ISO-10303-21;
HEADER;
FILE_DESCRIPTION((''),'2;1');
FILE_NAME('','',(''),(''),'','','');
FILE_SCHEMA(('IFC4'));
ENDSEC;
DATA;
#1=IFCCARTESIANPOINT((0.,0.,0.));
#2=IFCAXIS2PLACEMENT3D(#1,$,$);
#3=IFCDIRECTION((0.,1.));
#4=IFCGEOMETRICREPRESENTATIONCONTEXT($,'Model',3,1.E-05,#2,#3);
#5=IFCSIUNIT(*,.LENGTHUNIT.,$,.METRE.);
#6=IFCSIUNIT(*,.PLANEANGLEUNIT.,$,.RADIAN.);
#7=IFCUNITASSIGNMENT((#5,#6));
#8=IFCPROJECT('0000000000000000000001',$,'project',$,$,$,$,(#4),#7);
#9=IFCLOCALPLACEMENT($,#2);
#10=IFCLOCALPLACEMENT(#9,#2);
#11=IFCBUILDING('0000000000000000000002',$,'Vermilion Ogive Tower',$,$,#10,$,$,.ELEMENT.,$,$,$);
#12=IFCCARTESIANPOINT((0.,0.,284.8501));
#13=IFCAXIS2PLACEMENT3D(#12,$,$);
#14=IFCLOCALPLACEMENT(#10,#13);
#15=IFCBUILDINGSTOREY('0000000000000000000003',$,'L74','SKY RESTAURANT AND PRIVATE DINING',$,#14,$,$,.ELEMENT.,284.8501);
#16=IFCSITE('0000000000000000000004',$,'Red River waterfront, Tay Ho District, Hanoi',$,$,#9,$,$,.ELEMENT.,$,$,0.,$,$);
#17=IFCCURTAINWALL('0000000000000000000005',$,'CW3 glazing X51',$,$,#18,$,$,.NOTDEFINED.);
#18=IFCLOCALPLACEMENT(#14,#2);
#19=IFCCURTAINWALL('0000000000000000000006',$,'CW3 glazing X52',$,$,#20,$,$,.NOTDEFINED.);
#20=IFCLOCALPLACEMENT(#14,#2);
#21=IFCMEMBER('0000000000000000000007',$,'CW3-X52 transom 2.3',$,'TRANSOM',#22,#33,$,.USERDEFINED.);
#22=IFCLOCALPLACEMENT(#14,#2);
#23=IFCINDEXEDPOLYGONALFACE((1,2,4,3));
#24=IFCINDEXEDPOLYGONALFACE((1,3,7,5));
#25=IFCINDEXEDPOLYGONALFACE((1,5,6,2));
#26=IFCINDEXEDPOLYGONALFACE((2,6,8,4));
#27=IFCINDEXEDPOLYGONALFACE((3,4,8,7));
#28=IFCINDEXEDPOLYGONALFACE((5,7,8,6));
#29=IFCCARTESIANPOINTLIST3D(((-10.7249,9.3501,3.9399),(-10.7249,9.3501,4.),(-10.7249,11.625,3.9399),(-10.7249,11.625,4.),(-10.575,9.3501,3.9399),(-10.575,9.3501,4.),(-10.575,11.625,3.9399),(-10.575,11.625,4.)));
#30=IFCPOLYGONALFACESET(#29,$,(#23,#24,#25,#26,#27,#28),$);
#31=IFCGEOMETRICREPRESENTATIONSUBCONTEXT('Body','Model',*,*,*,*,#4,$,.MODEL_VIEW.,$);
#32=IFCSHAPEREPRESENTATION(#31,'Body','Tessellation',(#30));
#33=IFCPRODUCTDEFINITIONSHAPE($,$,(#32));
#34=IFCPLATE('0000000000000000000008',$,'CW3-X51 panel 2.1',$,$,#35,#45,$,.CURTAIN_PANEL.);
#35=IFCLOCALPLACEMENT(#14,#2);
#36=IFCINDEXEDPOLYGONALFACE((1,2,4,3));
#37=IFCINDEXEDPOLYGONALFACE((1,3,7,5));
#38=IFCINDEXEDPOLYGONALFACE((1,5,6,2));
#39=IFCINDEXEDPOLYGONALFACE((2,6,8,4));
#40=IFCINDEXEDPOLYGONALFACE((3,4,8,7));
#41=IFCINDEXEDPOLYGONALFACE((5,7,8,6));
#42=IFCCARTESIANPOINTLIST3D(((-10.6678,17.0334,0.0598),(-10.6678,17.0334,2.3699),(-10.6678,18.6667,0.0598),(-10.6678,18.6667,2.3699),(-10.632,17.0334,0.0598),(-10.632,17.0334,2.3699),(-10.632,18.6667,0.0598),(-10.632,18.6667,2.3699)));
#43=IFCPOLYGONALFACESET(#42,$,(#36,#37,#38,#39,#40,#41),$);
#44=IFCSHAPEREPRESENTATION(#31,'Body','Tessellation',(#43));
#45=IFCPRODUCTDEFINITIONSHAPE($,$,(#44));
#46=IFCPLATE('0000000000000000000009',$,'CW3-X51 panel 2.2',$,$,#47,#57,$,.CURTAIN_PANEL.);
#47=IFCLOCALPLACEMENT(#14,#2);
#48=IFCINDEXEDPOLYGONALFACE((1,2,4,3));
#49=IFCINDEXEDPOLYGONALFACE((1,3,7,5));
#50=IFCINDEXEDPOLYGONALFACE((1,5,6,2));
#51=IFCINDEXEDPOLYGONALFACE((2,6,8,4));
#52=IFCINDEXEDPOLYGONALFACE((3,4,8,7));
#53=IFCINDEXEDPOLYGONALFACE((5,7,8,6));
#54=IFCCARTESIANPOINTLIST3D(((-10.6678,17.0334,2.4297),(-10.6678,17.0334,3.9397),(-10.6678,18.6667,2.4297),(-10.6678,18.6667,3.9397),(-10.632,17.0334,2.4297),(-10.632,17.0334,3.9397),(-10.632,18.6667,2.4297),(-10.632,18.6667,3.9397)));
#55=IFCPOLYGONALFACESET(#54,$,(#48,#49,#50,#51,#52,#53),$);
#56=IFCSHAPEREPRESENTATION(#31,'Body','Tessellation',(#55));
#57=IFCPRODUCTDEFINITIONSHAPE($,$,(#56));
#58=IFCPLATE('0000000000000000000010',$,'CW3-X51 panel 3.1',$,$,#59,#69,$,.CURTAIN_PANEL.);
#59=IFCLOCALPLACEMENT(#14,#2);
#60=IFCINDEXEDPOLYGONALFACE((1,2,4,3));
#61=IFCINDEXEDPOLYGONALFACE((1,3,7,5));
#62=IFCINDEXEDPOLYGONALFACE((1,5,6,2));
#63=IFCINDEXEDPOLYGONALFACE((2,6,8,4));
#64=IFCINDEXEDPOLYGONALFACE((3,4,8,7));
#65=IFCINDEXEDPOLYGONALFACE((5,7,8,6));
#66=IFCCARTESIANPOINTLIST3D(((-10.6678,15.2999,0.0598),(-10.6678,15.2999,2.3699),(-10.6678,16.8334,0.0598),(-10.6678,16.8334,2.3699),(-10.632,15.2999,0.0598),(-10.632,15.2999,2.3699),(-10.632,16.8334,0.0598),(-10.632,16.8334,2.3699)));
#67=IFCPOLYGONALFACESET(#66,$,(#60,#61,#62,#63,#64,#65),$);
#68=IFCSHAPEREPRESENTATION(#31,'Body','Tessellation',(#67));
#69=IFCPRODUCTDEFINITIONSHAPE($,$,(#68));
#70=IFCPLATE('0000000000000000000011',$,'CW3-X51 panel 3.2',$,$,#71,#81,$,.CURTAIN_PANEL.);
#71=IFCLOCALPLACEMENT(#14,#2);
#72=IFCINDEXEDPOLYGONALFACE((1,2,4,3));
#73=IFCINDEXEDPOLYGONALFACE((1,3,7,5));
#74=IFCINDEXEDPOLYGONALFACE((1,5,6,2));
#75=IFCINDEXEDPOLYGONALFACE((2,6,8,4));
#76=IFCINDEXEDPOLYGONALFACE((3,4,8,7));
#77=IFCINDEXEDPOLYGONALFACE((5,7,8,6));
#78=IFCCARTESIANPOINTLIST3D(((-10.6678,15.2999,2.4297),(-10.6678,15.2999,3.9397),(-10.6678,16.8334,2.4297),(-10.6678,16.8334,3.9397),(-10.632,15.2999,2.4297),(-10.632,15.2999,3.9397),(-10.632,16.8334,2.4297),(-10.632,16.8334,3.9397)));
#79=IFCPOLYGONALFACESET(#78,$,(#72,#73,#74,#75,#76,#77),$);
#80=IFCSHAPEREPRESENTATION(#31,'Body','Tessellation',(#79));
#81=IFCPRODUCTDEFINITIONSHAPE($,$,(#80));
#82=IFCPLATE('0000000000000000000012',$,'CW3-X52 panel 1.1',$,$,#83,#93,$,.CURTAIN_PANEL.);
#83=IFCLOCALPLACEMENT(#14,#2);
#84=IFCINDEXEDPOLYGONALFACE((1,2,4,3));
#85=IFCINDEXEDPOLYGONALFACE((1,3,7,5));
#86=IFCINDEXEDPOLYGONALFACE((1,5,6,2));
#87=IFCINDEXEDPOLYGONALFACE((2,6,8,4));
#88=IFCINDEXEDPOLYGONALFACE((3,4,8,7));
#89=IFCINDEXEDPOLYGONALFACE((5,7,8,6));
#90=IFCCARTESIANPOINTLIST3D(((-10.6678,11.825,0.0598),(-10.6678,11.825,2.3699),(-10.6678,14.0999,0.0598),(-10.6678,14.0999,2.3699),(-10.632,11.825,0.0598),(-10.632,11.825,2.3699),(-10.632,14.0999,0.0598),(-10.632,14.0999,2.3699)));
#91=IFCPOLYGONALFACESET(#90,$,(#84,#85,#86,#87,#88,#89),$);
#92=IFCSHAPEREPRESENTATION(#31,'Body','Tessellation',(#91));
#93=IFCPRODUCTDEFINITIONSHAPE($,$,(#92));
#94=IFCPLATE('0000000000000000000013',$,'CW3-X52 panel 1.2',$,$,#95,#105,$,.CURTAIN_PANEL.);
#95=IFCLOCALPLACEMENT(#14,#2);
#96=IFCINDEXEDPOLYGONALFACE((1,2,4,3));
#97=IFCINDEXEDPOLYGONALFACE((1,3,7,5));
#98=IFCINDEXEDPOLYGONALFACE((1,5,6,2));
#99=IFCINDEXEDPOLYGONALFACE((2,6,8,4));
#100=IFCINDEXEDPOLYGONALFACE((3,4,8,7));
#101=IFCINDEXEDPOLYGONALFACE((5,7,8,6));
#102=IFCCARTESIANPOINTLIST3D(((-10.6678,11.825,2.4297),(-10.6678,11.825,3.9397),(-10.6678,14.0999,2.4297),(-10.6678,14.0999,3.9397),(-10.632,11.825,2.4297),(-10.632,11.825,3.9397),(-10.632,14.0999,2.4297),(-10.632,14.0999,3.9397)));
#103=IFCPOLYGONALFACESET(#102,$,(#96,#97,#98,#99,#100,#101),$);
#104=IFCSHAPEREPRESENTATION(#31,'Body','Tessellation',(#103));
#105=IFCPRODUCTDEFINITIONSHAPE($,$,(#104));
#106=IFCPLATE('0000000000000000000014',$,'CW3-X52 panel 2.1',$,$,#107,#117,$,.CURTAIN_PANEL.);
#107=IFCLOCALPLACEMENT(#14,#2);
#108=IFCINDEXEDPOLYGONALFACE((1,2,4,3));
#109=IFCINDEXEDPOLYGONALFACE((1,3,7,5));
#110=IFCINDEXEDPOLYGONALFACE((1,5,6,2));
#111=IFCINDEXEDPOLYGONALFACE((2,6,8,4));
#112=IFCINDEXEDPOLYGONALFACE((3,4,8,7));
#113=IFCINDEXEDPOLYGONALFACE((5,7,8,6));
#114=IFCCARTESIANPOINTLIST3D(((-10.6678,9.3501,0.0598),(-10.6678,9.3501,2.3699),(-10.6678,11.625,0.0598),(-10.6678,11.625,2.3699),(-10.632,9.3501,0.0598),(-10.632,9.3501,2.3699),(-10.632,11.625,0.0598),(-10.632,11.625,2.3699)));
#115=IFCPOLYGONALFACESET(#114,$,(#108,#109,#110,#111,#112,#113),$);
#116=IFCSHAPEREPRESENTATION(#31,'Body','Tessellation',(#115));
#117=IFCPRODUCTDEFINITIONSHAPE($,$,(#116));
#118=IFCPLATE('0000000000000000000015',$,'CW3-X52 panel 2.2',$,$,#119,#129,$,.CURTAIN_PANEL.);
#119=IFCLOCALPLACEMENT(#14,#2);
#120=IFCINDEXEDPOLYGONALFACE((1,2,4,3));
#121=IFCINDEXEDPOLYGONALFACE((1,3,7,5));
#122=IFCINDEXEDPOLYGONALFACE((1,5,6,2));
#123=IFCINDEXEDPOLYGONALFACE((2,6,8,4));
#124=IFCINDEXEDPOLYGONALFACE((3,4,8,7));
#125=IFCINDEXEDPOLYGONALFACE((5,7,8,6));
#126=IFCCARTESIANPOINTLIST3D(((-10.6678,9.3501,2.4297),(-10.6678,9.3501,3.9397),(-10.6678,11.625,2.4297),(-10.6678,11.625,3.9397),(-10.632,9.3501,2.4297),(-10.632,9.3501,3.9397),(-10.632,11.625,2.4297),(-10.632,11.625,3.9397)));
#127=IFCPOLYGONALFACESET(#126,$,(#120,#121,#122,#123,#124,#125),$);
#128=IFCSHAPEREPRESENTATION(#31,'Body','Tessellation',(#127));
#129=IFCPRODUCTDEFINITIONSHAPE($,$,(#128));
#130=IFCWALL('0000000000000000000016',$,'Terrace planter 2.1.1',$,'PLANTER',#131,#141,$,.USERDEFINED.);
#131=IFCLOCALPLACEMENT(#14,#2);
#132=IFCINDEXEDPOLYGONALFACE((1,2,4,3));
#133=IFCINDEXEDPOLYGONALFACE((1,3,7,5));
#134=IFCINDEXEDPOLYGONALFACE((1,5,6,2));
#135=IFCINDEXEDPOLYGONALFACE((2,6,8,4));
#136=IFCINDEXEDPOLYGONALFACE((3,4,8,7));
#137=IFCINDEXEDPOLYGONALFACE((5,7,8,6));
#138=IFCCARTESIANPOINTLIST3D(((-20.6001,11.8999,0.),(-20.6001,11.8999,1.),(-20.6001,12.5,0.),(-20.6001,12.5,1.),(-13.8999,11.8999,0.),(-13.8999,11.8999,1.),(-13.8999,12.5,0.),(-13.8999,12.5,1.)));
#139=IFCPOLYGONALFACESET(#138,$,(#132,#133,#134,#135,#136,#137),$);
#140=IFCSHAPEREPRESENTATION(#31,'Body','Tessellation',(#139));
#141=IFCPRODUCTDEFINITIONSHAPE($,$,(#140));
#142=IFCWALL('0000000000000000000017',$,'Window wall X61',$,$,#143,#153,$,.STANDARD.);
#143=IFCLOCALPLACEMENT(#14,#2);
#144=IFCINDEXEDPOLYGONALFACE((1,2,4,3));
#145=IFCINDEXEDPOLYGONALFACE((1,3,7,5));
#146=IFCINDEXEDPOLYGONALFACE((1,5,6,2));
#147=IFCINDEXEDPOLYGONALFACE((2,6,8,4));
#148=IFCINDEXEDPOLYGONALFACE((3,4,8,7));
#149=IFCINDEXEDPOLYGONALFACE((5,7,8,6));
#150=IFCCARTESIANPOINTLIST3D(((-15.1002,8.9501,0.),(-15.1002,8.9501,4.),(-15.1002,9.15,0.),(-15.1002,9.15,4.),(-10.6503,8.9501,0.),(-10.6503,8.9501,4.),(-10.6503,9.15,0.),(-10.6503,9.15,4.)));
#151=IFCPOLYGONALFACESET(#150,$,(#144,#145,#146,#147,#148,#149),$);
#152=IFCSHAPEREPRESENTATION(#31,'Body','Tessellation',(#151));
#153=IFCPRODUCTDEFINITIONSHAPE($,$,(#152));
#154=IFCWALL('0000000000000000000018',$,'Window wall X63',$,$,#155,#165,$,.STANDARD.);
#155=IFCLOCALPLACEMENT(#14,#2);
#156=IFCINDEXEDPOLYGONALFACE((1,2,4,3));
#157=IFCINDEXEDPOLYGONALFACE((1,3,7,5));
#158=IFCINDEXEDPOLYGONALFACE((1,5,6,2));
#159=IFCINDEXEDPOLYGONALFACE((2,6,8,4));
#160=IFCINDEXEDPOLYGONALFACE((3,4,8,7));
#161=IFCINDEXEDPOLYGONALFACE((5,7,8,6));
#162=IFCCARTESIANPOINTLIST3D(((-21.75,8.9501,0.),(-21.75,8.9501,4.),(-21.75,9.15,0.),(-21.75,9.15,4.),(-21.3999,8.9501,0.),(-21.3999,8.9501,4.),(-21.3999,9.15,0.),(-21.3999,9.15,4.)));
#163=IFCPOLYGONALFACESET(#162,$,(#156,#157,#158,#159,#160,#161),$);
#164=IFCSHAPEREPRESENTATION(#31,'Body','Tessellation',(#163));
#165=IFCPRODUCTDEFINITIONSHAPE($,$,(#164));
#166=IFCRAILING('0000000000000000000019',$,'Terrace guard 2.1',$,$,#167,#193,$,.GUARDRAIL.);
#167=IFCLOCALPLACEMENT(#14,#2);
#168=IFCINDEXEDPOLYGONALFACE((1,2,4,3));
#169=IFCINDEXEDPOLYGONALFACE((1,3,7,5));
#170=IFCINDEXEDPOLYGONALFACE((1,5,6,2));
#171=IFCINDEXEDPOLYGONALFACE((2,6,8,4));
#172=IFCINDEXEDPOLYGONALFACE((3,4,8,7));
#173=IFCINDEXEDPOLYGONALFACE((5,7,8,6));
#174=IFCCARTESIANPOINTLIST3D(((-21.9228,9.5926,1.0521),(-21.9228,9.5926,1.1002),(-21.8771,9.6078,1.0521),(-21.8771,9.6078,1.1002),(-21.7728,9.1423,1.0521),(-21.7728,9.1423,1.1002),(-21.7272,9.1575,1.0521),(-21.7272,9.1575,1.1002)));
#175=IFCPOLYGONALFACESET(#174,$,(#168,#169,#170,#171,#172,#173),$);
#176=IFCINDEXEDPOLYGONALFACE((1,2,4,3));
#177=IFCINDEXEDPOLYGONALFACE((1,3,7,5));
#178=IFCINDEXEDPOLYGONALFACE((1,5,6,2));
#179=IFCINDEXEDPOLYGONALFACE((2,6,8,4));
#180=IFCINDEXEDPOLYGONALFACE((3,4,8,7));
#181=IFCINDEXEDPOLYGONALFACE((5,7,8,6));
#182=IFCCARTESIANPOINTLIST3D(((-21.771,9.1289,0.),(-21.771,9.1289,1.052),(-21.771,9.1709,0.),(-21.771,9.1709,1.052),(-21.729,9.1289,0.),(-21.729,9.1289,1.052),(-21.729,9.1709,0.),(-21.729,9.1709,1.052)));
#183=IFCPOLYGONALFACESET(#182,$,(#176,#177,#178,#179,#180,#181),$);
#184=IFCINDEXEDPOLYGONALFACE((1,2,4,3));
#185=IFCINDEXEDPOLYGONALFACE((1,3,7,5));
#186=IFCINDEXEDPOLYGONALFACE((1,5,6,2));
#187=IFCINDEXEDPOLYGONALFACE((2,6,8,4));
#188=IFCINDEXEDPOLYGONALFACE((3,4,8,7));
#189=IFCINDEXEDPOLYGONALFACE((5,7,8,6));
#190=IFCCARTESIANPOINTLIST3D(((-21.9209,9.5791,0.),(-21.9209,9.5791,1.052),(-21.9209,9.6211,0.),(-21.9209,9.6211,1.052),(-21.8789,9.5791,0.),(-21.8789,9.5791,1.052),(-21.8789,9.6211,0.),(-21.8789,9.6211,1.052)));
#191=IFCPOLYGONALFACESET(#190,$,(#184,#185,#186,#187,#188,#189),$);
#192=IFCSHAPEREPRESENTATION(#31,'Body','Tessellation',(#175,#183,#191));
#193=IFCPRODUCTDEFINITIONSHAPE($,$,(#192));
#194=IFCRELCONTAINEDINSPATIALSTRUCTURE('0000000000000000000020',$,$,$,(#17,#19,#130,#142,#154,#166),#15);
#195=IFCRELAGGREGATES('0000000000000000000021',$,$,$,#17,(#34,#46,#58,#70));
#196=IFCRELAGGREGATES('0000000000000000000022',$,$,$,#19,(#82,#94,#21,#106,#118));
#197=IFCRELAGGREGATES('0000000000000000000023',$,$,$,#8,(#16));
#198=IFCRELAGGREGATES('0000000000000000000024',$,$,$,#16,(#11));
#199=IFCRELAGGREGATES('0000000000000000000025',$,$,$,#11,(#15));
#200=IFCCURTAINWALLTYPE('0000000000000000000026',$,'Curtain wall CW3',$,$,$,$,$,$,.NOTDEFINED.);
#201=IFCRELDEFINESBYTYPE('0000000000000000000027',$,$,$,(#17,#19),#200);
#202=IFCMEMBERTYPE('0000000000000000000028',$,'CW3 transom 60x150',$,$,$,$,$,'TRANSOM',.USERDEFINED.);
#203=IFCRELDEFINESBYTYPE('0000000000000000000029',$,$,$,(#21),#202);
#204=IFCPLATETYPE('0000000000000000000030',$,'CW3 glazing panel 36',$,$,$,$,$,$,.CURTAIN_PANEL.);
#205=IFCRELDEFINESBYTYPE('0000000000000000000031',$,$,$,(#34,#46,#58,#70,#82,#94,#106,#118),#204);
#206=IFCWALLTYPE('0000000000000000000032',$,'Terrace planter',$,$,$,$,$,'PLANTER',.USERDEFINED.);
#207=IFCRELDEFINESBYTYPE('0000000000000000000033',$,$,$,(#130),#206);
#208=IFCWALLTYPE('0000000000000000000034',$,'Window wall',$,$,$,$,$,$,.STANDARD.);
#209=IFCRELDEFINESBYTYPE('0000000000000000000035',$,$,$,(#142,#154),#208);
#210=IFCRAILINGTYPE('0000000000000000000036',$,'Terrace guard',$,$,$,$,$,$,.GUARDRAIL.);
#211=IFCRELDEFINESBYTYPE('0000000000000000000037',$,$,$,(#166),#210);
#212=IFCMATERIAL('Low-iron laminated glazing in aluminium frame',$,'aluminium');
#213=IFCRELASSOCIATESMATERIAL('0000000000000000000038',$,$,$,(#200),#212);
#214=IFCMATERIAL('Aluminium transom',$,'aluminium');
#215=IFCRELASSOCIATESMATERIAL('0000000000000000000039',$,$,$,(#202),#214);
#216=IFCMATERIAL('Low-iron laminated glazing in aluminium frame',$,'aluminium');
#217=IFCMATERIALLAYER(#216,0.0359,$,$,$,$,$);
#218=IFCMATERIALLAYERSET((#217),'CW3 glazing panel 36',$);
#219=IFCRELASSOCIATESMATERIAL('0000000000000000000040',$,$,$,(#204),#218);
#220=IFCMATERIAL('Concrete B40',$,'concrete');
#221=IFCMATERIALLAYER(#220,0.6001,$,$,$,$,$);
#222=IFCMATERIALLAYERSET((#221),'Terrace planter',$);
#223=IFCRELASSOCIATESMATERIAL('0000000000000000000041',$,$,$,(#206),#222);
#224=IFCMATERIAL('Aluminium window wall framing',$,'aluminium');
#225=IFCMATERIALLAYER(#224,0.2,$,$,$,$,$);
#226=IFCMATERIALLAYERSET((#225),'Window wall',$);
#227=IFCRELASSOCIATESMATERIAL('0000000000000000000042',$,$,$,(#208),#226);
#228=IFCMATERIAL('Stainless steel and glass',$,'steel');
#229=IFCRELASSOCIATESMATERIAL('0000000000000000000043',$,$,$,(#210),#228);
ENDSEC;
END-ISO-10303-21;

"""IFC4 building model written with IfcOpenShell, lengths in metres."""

from ifc_helpers import new_model, si_unit, direction, frame, frame_2d, origin, origin_2d, place, context, subcontext, project, spatial, rectangle, extrude, material, layer, layer_set, material_profile, profile_set, type_object, element, aggregate, save


model = new_model("IFC4")

# Units and contexts
model_context = context("Model", 3, precision=1e-05, world=origin(), true_north=direction((0.0, 1.0)))
body_context = subcontext(model_context, "Body", "Model", "MODEL_VIEW")
ifc_project = project(units=[si_unit("LENGTHUNIT", "METRE"), si_unit("PLANEANGLEUNIT", "RADIAN")], contexts=[model_context])

# Site, building, storey
site_placement = place(None, origin())
site = spatial("IfcSite", under=ifc_project, at=site_placement, Name="Red River waterfront, Tay Ho District, Hanoi", CompositionType="ELEMENT", RefElevation=0.0)
building_placement = place(site_placement, origin())
building = spatial("IfcBuilding", under=site, at=building_placement, Name="Vermilion Ogive Tower", CompositionType="ELEMENT")
storey_placement = place(building_placement, frame((0.0, 0.0, 284.8501)))
storey = spatial("IfcBuildingStorey", under=building, at=storey_placement, Name="L74", Description="SKY RESTAURANT AND PRIVATE DINING", CompositionType="ELEMENT", Elevation=284.8501)

# Curtain walls
ifc_material_1 = material(Name="Low-iron laminated glazing in aluminium frame", Category="aluminium")
curtain_wall_type = type_object("IfcCurtainWallType", Name="Curtain wall CW3", PredefinedType="NOTDEFINED", material=ifc_material_1)
curtain_wall_1_placement = place(storey_placement, origin())
curtain_wall_1 = element("IfcCurtainWall", 1, at=curtain_wall_1_placement, inside=storey, type_object=curtain_wall_type, Name="CW3 glazing X51", PredefinedType="NOTDEFINED")
curtain_wall_2_placement = place(storey_placement, origin())
curtain_wall_2 = element("IfcCurtainWall", 2, at=curtain_wall_2_placement, inside=storey, type_object=curtain_wall_type, Name="CW3 glazing X52", PredefinedType="NOTDEFINED")

# Member
ifc_material_2 = material(Name="Aluminium transom", Category="aluminium")
ifc_material_profile_1 = material_profile(ifc_material_2, rectangle(XDim=0.1499, YDim=0.0601, at=origin_2d()), Name="AL 60x150")
ifc_profile_set_1 = profile_set([ifc_material_profile_1], Name="Aluminium transom")
member_type_1 = type_object("IfcMemberType", Name="CW3 transom 60x150", ElementType="TRANSOM", PredefinedType="USERDEFINED", material=ifc_profile_set_1)
member_1_placement = place(storey_placement, frame((-10.6499, 11.625, 3.97), z_axis=(0.0, -1.0, 0.0), x_axis=(1.0, 0.0, 0.0)))
member_1 = element("IfcMember", 3, at=member_1_placement, type_object=member_type_1, Name="CW3-X52 transom 2.3", ObjectType="TRANSOM", PredefinedType="USERDEFINED", context=body_context, shape_type="SweptSolid", body=[
    extrude(rectangle(XDim=0.1499, YDim=0.0601, at=origin_2d()), origin(), (0.0, 0.0, 1.0), 2.2749),
])

# Plates
ifc_material_3 = material(Name="Low-iron laminated glazing in aluminium frame", Category="aluminium")
ifc_layer_1 = layer(ifc_material_3, 0.0359)
ifc_layer_set_1 = layer_set([ifc_layer_1], Name="CW3 glazing panel 36")
plate_type = type_object("IfcPlateType", Name="CW3 glazing panel 36", PredefinedType="CURTAIN_PANEL", material=ifc_layer_set_1)
plate_1_placement = place(storey_placement, frame((-10.6499, 17.8501, 0.0598), z_axis=(0.0, 0.0, 1.0), x_axis=(0.0, -1.0, 0.0)))
plate_1 = element("IfcPlate", 4, at=plate_1_placement, type_object=plate_type, Name="CW3-X51 panel 2.1", PredefinedType="CURTAIN_PANEL", context=body_context, shape_type="SweptSolid", body=[
    extrude(rectangle(XDim=1.6333, YDim=0.0359, at=origin_2d()), origin(), (0.0, 0.0, 1.0), 2.3101),
])
plate_2_placement = place(storey_placement, frame((-10.6499, 17.8501, 2.4297), z_axis=(0.0, 0.0, 1.0), x_axis=(0.0, -1.0, 0.0)))
plate_2 = element("IfcPlate", 5, at=plate_2_placement, type_object=plate_type, Name="CW3-X51 panel 2.2", PredefinedType="CURTAIN_PANEL", context=body_context, shape_type="SweptSolid", body=[
    extrude(rectangle(XDim=1.6333, YDim=0.0359, at=origin_2d()), origin(), (0.0, 0.0, 1.0), 1.51),
])
plate_3_placement = place(storey_placement, frame((-10.6499, 16.0667, 0.0598), z_axis=(0.0, 0.0, 1.0), x_axis=(0.0, -1.0, 0.0)))
plate_3 = element("IfcPlate", 6, at=plate_3_placement, type_object=plate_type, Name="CW3-X51 panel 3.1", PredefinedType="CURTAIN_PANEL", context=body_context, shape_type="SweptSolid", body=[
    extrude(rectangle(XDim=1.5334, YDim=0.0359, at=origin_2d()), origin(), (0.0, 0.0, 1.0), 2.3101),
])
plate_4_placement = place(storey_placement, frame((-10.6499, 16.0667, 2.4297), z_axis=(0.0, 0.0, 1.0), x_axis=(0.0, -1.0, 0.0)))
plate_4 = element("IfcPlate", 7, at=plate_4_placement, type_object=plate_type, Name="CW3-X51 panel 3.2", PredefinedType="CURTAIN_PANEL", context=body_context, shape_type="SweptSolid", body=[
    extrude(rectangle(XDim=1.5334, YDim=0.0359, at=origin_2d()), origin(), (0.0, 0.0, 1.0), 1.51),
])
aggregate(curtain_wall_1, [plate_1, plate_2, plate_3, plate_4])
plate_5_placement = place(storey_placement, frame((-10.6499, 12.9624, 0.0598), z_axis=(0.0, 0.0, 1.0), x_axis=(0.0, -1.0, 0.0)))
plate_5 = element("IfcPlate", 8, at=plate_5_placement, type_object=plate_type, Name="CW3-X52 panel 1.1", PredefinedType="CURTAIN_PANEL", context=body_context, shape_type="SweptSolid", body=[
    extrude(rectangle(XDim=2.2749, YDim=0.0359, at=origin_2d()), origin(), (0.0, 0.0, 1.0), 2.3101),
])
plate_6_placement = place(storey_placement, frame((-10.6499, 12.9624, 2.4297), z_axis=(0.0, 0.0, 1.0), x_axis=(0.0, -1.0, 0.0)))
plate_6 = element("IfcPlate", 9, at=plate_6_placement, type_object=plate_type, Name="CW3-X52 panel 1.2", PredefinedType="CURTAIN_PANEL", context=body_context, shape_type="SweptSolid", body=[
    extrude(rectangle(XDim=2.2749, YDim=0.0359, at=origin_2d()), origin(), (0.0, 0.0, 1.0), 1.51),
])
plate_7_placement = place(storey_placement, frame((-10.6499, 10.4875, 0.0598), z_axis=(0.0, 0.0, 1.0), x_axis=(0.0, -1.0, 0.0)))
plate_7 = element("IfcPlate", 10, at=plate_7_placement, type_object=plate_type, Name="CW3-X52 panel 2.1", PredefinedType="CURTAIN_PANEL", context=body_context, shape_type="SweptSolid", body=[
    extrude(rectangle(XDim=2.2749, YDim=0.0359, at=origin_2d()), origin(), (0.0, 0.0, 1.0), 2.3101),
])
plate_8_placement = place(storey_placement, frame((-10.6499, 10.4875, 2.4297), z_axis=(0.0, 0.0, 1.0), x_axis=(0.0, -1.0, 0.0)))
plate_8 = element("IfcPlate", 11, at=plate_8_placement, type_object=plate_type, Name="CW3-X52 panel 2.2", PredefinedType="CURTAIN_PANEL", context=body_context, shape_type="SweptSolid", body=[
    extrude(rectangle(XDim=2.2749, YDim=0.0359, at=origin_2d()), origin(), (0.0, 0.0, 1.0), 1.51),
])
aggregate(curtain_wall_2, [plate_5, plate_6, member_1, plate_7, plate_8])

# Walls
ifc_material_4 = material(Name="Concrete B40", Category="concrete")
ifc_layer_2 = layer(ifc_material_4, 0.6001)
ifc_layer_set_2 = layer_set([ifc_layer_2], Name="Terrace planter")
wall_type_1 = type_object("IfcWallType", Name="Terrace planter", ElementType="PLANTER", PredefinedType="USERDEFINED", material=ifc_layer_set_2)
wall_1_placement = place(storey_placement, frame((-20.6001, 12.2, 0.0), z_axis=(0.0, 0.0, 1.0), x_axis=(1.0, 0.0, 0.0)))
element("IfcWall", 12, at=wall_1_placement, inside=storey, type_object=wall_type_1, Name="Terrace planter 2.1.1", ObjectType="PLANTER", PredefinedType="USERDEFINED", context=body_context, shape_type="SweptSolid", body=[
    extrude(rectangle(XDim=6.7002, YDim=0.6001, at=frame_2d((3.3501, 0.0))), origin(), (0.0, 0.0, 1.0), 1.0),
])
ifc_material_5 = material(Name="Aluminium window wall framing", Category="aluminium")
ifc_layer_3 = layer(ifc_material_5, 0.2)
ifc_layer_set_3 = layer_set([ifc_layer_3], Name="Window wall")
wall_type_2 = type_object("IfcWallType", Name="Window wall", PredefinedType="STANDARD", material=ifc_layer_set_3)
wall_2_placement = place(storey_placement, frame((-10.6501, 9.05, 0.0), z_axis=(0.0, 0.0, 1.0), x_axis=(-1.0, 0.0, 0.0)))
element("IfcWall", 13, at=wall_2_placement, inside=storey, type_object=wall_type_2, Name="Window wall X61", PredefinedType="STANDARD", context=body_context, shape_type="SweptSolid", body=[
    extrude(rectangle(XDim=4.45, YDim=0.2, at=frame_2d((2.2251, 0.0))), origin(), (0.0, 0.0, 1.0), 4.0),
])

# Wall
wall_3_placement = place(storey_placement, frame((-21.3999, 9.05, 0.0), z_axis=(0.0, 0.0, 1.0), x_axis=(-1.0, 0.0, 0.0)))
element("IfcWall", 14, at=wall_3_placement, inside=storey, type_object=wall_type_2, Name="Window wall X63", PredefinedType="STANDARD", context=body_context, shape_type="SweptSolid", body=[
    extrude(rectangle(XDim=0.3501, YDim=0.2, at=frame_2d((0.175, 0.0))), origin(), (0.0, 0.0, 1.0), 4.0),
])

# Railing
ifc_material_6 = material(Name="Stainless steel and glass", Category="steel")
railing_type = type_object("IfcRailingType", Name="Terrace guard", PredefinedType="GUARDRAIL", material=ifc_material_6)
railing_1_placement = place(storey_placement, frame((-21.75, 9.1499, 0.0)))
element("IfcRailing", 15, at=railing_1_placement, inside=storey, type_object=railing_type, Name="Terrace guard 2.1", PredefinedType="GUARDRAIL", context=body_context, shape_type="SweptSolid", body=[
    extrude(rectangle(XDim=0.0481, YDim=0.0481, at=origin_2d()), frame((0.0, 0.0, 1.0762), z_axis=(-0.315919, 0.948786, 0.0), x_axis=(-0.948786, -0.315919, 0.0)), (0.0, 0.0, 1.0), 0.4746),
    extrude(rectangle(XDim=0.042, YDim=0.042, at=origin_2d()), origin(), (0.0, 0.0, 1.0), 1.052),
    extrude(rectangle(XDim=0.042, YDim=0.042, at=origin_2d()), frame((-0.1499, 0.4502, 0.0)), (0.0, 0.0, 1.0), 1.052),
])

save(model, "model.ifc")
